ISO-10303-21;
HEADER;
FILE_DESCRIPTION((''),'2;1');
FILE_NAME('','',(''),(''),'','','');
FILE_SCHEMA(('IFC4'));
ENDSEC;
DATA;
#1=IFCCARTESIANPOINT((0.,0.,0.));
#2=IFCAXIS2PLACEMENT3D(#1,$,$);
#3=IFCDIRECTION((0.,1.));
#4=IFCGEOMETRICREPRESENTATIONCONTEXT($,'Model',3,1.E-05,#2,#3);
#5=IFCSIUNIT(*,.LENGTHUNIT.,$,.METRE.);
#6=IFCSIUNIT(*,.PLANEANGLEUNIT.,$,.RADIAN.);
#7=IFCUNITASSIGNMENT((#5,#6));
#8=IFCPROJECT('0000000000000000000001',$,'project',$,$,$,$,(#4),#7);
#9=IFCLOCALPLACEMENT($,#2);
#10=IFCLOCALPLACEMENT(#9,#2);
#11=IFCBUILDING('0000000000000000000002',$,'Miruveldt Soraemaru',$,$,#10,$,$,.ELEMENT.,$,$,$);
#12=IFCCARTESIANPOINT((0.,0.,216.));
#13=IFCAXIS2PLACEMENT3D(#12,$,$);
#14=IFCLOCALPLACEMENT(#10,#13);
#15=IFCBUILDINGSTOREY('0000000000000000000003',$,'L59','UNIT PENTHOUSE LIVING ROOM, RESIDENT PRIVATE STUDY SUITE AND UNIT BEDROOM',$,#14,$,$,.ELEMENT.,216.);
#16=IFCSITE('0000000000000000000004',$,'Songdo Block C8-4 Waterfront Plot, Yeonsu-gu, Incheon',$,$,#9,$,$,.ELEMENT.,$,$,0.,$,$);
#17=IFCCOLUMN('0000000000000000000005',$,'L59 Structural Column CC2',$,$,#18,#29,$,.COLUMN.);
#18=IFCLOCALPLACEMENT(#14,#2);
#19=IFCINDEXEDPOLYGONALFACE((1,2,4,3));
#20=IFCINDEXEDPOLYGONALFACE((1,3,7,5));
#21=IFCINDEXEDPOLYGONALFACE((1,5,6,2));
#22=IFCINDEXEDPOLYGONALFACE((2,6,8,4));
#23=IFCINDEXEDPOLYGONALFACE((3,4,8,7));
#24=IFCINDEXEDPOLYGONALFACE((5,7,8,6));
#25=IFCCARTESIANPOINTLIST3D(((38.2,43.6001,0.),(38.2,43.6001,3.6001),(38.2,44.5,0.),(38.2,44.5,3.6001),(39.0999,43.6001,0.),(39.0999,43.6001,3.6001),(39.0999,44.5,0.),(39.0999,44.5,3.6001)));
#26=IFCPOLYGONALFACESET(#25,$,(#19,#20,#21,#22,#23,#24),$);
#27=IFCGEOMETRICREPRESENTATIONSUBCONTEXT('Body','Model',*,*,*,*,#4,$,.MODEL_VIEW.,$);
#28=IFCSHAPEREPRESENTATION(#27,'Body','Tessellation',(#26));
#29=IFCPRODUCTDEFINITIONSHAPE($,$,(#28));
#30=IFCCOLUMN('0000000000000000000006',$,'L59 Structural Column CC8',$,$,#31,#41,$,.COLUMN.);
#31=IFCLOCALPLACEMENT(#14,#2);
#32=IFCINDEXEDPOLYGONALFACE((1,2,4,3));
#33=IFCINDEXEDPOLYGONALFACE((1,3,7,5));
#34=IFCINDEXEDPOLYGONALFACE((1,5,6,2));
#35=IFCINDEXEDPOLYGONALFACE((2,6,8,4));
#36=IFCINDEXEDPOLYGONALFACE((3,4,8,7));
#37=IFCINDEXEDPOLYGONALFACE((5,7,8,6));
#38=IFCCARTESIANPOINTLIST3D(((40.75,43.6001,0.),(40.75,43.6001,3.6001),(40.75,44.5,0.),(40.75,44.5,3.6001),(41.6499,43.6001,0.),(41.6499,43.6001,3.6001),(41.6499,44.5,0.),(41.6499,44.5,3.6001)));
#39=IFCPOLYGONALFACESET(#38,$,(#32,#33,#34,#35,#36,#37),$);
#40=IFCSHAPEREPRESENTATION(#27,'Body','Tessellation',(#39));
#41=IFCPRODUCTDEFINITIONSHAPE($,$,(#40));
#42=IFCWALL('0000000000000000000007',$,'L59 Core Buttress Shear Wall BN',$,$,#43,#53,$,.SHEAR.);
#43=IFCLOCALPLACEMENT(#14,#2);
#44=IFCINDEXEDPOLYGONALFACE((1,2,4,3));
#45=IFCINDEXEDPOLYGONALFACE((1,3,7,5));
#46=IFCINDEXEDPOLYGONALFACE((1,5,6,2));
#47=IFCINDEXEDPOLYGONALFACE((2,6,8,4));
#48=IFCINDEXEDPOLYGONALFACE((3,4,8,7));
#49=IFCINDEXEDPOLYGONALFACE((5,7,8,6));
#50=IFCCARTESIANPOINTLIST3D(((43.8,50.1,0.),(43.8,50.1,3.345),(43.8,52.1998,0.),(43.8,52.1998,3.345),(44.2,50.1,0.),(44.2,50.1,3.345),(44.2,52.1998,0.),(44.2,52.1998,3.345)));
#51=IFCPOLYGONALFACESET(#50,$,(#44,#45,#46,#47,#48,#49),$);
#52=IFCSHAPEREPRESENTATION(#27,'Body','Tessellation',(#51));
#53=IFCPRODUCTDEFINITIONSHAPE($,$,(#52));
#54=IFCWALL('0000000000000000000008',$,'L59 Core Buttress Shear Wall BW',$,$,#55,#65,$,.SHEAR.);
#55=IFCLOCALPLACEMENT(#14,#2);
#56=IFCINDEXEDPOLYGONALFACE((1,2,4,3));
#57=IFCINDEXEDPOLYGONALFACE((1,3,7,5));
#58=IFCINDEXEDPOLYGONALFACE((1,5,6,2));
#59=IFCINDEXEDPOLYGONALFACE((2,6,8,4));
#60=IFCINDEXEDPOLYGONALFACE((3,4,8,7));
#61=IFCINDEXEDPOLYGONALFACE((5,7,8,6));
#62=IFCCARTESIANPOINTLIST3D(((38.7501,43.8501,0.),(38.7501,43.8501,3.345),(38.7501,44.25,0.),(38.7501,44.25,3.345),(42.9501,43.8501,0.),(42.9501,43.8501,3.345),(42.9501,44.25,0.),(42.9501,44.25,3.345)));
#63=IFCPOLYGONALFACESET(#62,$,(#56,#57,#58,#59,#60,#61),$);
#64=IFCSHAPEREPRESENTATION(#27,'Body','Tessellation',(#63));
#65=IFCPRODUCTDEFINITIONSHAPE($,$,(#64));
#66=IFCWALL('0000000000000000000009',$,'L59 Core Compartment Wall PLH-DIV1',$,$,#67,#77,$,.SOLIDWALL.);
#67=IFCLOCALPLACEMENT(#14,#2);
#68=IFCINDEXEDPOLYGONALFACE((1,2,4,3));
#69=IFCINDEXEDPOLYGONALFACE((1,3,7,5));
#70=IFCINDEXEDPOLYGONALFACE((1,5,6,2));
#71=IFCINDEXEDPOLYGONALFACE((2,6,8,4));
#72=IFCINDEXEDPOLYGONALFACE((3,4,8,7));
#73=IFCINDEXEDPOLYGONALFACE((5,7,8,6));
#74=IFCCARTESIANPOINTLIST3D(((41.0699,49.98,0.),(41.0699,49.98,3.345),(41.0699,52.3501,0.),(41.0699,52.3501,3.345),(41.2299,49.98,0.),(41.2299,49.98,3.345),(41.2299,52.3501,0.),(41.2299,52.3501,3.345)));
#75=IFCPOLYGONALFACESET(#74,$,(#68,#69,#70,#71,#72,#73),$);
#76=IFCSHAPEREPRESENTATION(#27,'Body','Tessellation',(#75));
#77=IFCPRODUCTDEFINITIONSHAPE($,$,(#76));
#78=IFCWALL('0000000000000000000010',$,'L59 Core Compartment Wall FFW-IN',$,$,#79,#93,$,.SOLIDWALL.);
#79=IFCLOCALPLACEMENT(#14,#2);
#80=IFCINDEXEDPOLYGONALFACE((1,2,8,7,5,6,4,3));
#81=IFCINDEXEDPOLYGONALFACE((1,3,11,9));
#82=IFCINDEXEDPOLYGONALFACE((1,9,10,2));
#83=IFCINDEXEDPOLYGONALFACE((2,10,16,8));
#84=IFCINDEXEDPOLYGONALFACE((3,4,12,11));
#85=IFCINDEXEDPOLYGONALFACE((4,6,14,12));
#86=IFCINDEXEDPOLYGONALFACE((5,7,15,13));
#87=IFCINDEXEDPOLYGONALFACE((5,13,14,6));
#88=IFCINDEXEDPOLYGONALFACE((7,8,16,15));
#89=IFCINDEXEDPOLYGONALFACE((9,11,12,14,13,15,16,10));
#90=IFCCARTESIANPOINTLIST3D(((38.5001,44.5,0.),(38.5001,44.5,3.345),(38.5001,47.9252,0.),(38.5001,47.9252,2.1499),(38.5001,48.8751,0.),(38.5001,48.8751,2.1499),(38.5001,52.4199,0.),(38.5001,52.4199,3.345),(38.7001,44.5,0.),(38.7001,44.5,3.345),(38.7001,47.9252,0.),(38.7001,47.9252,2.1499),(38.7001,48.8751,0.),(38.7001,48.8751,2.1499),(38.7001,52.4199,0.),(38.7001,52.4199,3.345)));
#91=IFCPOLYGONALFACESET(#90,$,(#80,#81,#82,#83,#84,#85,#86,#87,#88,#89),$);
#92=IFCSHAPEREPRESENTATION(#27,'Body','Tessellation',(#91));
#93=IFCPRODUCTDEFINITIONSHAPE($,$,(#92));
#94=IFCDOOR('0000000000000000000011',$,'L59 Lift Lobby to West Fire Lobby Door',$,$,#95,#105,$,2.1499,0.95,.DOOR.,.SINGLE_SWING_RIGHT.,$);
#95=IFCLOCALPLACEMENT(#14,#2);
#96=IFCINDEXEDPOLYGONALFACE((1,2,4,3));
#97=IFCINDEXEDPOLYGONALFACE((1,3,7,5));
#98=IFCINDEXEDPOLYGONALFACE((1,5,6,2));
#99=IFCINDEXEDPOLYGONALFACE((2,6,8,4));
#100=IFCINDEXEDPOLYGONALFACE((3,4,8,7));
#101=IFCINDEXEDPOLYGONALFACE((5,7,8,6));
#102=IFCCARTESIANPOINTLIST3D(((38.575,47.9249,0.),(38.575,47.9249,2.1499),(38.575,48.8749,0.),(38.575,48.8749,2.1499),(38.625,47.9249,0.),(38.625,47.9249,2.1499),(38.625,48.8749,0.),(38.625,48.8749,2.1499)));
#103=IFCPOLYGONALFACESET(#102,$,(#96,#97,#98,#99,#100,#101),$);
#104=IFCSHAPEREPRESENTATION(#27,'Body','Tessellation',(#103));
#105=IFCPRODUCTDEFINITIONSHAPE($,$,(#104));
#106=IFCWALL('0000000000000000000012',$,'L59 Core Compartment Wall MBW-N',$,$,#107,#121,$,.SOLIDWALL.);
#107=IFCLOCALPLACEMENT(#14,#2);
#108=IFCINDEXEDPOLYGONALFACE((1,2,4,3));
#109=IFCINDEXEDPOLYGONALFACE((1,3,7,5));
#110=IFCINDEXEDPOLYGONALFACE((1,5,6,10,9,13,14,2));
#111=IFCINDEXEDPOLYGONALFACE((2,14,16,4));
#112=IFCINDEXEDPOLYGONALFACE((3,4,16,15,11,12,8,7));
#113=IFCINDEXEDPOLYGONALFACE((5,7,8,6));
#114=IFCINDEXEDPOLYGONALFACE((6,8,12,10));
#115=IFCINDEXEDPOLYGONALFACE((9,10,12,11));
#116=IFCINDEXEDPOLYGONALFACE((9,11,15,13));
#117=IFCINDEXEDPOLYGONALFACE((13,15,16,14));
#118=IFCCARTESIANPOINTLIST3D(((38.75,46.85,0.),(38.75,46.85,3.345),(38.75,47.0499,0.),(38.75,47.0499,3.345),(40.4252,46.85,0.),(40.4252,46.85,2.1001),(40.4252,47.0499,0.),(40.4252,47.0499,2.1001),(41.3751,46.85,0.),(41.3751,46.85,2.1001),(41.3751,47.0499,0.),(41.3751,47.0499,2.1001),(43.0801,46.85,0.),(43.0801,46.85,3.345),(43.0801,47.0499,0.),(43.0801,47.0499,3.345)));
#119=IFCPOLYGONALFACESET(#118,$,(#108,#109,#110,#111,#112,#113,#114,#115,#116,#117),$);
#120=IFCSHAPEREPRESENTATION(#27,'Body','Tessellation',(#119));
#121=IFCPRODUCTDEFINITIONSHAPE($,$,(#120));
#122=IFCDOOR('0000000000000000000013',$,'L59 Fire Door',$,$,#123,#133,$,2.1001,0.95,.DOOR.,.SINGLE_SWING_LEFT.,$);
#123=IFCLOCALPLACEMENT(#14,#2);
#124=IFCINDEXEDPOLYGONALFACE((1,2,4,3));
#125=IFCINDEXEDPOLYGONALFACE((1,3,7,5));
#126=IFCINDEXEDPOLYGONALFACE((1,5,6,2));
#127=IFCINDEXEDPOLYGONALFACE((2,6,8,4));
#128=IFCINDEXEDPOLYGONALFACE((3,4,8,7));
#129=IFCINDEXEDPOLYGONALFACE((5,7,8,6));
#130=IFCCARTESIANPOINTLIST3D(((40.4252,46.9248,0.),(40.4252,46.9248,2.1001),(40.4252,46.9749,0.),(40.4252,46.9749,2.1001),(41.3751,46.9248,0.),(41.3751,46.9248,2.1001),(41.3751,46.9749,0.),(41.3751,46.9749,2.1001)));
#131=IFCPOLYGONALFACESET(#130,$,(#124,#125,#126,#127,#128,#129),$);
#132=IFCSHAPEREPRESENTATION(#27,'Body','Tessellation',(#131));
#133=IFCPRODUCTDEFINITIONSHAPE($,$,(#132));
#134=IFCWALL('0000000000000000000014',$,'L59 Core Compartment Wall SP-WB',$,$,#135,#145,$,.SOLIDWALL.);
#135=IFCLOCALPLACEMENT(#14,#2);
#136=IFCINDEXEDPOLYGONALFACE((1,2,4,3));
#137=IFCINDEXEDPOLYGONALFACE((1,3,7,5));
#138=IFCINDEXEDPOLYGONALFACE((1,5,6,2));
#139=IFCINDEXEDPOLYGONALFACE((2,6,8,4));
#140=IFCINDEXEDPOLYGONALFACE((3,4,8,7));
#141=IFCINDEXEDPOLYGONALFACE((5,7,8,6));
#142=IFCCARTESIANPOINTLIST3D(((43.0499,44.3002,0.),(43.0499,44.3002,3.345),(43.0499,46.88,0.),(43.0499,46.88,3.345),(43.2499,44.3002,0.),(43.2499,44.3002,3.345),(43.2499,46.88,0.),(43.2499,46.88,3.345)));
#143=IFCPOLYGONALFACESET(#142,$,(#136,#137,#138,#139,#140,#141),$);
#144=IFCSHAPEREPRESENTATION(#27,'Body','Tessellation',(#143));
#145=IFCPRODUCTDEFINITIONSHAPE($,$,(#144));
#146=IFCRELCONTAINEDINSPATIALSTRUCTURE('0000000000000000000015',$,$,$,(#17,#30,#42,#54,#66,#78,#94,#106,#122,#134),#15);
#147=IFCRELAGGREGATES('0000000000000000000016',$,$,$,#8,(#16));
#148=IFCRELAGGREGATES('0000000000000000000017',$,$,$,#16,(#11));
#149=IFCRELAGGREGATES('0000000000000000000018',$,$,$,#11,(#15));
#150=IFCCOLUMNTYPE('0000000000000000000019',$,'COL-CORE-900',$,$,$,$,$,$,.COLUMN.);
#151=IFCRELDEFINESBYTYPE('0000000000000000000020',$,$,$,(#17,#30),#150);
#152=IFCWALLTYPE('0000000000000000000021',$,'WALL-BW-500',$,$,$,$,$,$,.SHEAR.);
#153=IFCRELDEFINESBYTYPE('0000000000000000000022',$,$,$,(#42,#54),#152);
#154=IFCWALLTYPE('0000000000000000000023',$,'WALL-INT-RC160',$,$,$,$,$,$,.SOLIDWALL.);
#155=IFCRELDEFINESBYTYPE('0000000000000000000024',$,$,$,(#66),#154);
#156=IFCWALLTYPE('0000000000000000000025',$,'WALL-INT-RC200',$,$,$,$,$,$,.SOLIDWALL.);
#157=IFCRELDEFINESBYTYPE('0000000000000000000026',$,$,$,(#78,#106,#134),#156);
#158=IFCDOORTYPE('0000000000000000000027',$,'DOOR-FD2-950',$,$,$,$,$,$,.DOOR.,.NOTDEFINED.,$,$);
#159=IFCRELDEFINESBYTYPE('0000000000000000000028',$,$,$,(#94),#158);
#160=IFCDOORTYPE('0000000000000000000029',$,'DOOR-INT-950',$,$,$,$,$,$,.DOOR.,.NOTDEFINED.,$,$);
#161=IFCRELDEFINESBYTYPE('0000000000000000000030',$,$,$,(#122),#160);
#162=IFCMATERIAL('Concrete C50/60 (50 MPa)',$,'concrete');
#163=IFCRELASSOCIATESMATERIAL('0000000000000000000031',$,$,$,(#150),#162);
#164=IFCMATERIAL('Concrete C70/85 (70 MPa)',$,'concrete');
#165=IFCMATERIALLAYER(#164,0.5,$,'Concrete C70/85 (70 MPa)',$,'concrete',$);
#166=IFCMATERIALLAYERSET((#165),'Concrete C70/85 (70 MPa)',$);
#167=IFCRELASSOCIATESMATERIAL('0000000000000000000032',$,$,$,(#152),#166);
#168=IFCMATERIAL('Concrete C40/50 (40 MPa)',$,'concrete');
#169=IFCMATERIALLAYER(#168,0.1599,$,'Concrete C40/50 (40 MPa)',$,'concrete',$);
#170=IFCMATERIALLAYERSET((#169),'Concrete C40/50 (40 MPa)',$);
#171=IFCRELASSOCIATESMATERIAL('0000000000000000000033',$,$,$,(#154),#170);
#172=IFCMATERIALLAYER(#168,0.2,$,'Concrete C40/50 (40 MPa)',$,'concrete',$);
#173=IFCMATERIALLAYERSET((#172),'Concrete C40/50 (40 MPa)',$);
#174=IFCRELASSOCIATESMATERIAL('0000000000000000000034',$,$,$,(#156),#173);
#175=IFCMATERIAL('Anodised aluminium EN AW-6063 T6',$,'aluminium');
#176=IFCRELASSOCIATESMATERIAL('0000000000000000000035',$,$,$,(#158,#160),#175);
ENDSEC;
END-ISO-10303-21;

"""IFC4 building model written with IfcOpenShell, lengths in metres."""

from ifc_helpers import new_model, si_unit, direction, frame, frame_2d, origin, origin_2d, place, context, subcontext, project, spatial, rectangle, extrude, material, layer, layer_set, material_profile, profile_set, type_object, element, fill, save


model = new_model("IFC4")

# Units and contexts
model_context = context("Model", 3, precision=1e-05, world=origin(), true_north=direction((0.0, 1.0)))
body_context = subcontext(model_context, "Body", "Model", "MODEL_VIEW")
ifc_project = project(units=[si_unit("LENGTHUNIT", "METRE"), si_unit("PLANEANGLEUNIT", "RADIAN")], contexts=[model_context])

# Site, building, storey
site_placement = place(None, origin())
site = spatial("IfcSite", under=ifc_project, at=site_placement, Name="Songdo Block C8-4 Waterfront Plot, Yeonsu-gu, Incheon", CompositionType="ELEMENT", RefElevation=0.0)
building_placement = place(site_placement, origin())
building = spatial("IfcBuilding", under=site, at=building_placement, Name="Miruveldt Soraemaru", CompositionType="ELEMENT")
storey_placement = place(building_placement, frame((0.0, 0.0, 216.0)))
storey = spatial("IfcBuildingStorey", under=building, at=storey_placement, Name="L59", Description="UNIT PENTHOUSE LIVING ROOM, RESIDENT PRIVATE STUDY SUITE AND UNIT BEDROOM", CompositionType="ELEMENT", Elevation=216.0)

# Columns
ifc_material_1 = material(Name="Concrete C50/60 (50 MPa)", Category="concrete")
ifc_material_profile = material_profile(ifc_material_1, rectangle(XDim=0.8999, YDim=0.8999, at=origin_2d()), Name="Concrete C50/60 (50 MPa)", Category="concrete")
ifc_profile_set = profile_set([ifc_material_profile], Name="Concrete C50/60 (50 MPa)")
column_type = type_object("IfcColumnType", Name="COL-CORE-900", PredefinedType="COLUMN", material=ifc_profile_set)
for number, where, z_axis, x_axis, name in (
    (1, (38.6499, 44.05, 0.0), (0.0, 0.0, 1.0), (1.0, 0.0, 0.0), "L59 Structural Column CC2"),
    (2, (41.2, 44.05, 0.0), (0.0, 0.0, 1.0), (1.0, 0.0, 0.0), "L59 Structural Column CC8"),
):
    element("IfcColumn", number, at=place(storey_placement, frame(where, z_axis=z_axis, x_axis=x_axis)), inside=storey, type_object=column_type, Name=name, PredefinedType="COLUMN", context=body_context, shape_type="SweptSolid", body=[
        extrude(rectangle(XDim=0.8999, YDim=0.8999, at=origin_2d()), origin(), (0.0, 0.0, 1.0), 3.6001),
    ])

# Walls
ifc_material_2 = material(Name="Concrete C70/85 (70 MPa)", Category="concrete")
ifc_layer_1 = layer(ifc_material_2, 0.5, Name="Concrete C70/85 (70 MPa)", Category="concrete")
ifc_layer_set_1 = layer_set([ifc_layer_1], Name="Concrete C70/85 (70 MPa)")
wall_type_1 = type_object("IfcWallType", Name="WALL-BW-500", PredefinedType="SHEAR", material=ifc_layer_set_1)
wall_1_placement = place(storey_placement, frame((44.0, 50.1001, 0.0), z_axis=(0.0, 0.0, 1.0), x_axis=(0.0, 1.0, 0.0)))
element("IfcWall", 3, at=wall_1_placement, inside=storey, type_object=wall_type_1, Name="L59 Core Buttress Shear Wall BN", PredefinedType="SHEAR", context=body_context, shape_type="SweptSolid", body=[
    extrude(rectangle(XDim=2.0999, YDim=0.3999, at=frame_2d((1.0498, 0.0))), origin(), (0.0, 0.0, 1.0), 3.345),
])
wall_2_placement = place(storey_placement, frame((38.75, 44.05, 0.0), z_axis=(0.0, 0.0, 1.0), x_axis=(1.0, 0.0, 0.0)))
element("IfcWall", 4, at=wall_2_placement, inside=storey, type_object=wall_type_1, Name="L59 Core Buttress Shear Wall BW", PredefinedType="SHEAR", context=body_context, shape_type="SweptSolid", body=[
    extrude(rectangle(XDim=4.2, YDim=0.3999, at=frame_2d((2.1001, 0.0))), origin(), (0.0, 0.0, 1.0), 3.345),
])
ifc_material_3 = material(Name="Concrete C40/50 (40 MPa)", Category="concrete")
ifc_layer_2 = layer(ifc_material_3, 0.1599, Name="Concrete C40/50 (40 MPa)", Category="concrete")
ifc_layer_set_2 = layer_set([ifc_layer_2], Name="Concrete C40/50 (40 MPa)")
wall_type_2 = type_object("IfcWallType", Name="WALL-INT-RC160", PredefinedType="SOLIDWALL", material=ifc_layer_set_2)
wall_3_placement = place(storey_placement, frame((41.1499, 49.98, 0.0), z_axis=(0.0, 0.0, 1.0), x_axis=(0.0, 1.0, 0.0)))
element("IfcWall", 5, at=wall_3_placement, inside=storey, type_object=wall_type_2, Name="L59 Core Compartment Wall PLH-DIV1", PredefinedType="SOLIDWALL", context=body_context, shape_type="SweptSolid", body=[
    extrude(rectangle(XDim=2.3701, YDim=0.1599, at=frame_2d((1.1851, 0.0))), origin(), (0.0, 0.0, 1.0), 3.345),
])

# Wall, opening, door
ifc_layer_3 = layer(ifc_material_3, 0.2, Name="Concrete C40/50 (40 MPa)", Category="concrete")
ifc_layer_set_3 = layer_set([ifc_layer_3], Name="Concrete C40/50 (40 MPa)")
wall_type_3 = type_object("IfcWallType", Name="WALL-INT-RC200", PredefinedType="SOLIDWALL", material=ifc_layer_set_3)
wall_4_placement = place(storey_placement, frame((38.6001, 44.5, 0.0), z_axis=(0.0, 0.0, 1.0), x_axis=(0.0, 1.0, 0.0)))
wall_4 = element("IfcWall", 6, at=wall_4_placement, inside=storey, type_object=wall_type_3, Name="L59 Core Compartment Wall FFW-IN", PredefinedType="SOLIDWALL", context=body_context, shape_type="SweptSolid", body=[
    extrude(rectangle(XDim=7.9199, YDim=0.2, at=frame_2d((3.96, 0.0))), origin(), (0.0, 0.0, 1.0), 3.345),
])
opening_1_placement = place(wall_4_placement, frame((3.425, 0.0, 0.0)))
opening_1 = element("IfcOpeningElement", 7, at=opening_1_placement, cuts=wall_4, PredefinedType="OPENING", context=body_context, shape_type="SweptSolid", body=[
    extrude(rectangle(XDim=0.95, YDim=2.1499, at=frame_2d((0.4751, 1.075))), frame((0.0, 0.1099, 0.0), z_axis=(0.0, -1.0, 0.0), x_axis=(1.0, 0.0, 0.0)), (0.0, 0.0, 1.0), 0.22),
])
ifc_material_4 = material(Name="Anodised aluminium EN AW-6063 T6", Category="aluminium")
door_type_1 = type_object("IfcDoorType", Name="DOOR-FD2-950", OperationType="NOTDEFINED", PredefinedType="DOOR", material=ifc_material_4)
door_1_placement = place(opening_1_placement, frame((0.95, 0.0, 0.0), z_axis=(0.0, 0.0, 1.0), x_axis=(-1.0, 0.0, 0.0)))
door_1 = element("IfcDoor", 8, at=door_1_placement, inside=storey, type_object=door_type_1, Name="L59 Lift Lobby to West Fire Lobby Door", OperationType="SINGLE_SWING_RIGHT", OverallHeight=2.1499, OverallWidth=0.95, PredefinedType="DOOR", context=body_context, shape_type="SweptSolid", body=[
    extrude(rectangle(XDim=0.95, YDim=2.1499, at=frame_2d((0.4751, 1.075))), frame((0.0, 0.0249, 0.0), z_axis=(0.0, -1.0, 0.0), x_axis=(1.0, 0.0, 0.0)), (0.0, 0.0, 1.0), 0.05),
])
fill(opening_1, door_1)

# Wall, opening, door
wall_5_placement = place(storey_placement, frame((38.75, 46.95, 0.0), z_axis=(0.0, 0.0, 1.0), x_axis=(1.0, 0.0, 0.0)))
wall_5 = element("IfcWall", 9, at=wall_5_placement, inside=storey, type_object=wall_type_3, Name="L59 Core Compartment Wall MBW-N", PredefinedType="SOLIDWALL", context=body_context, shape_type="SweptSolid", body=[
    extrude(rectangle(XDim=4.3301, YDim=0.2, at=frame_2d((2.165, 0.0))), origin(), (0.0, 0.0, 1.0), 3.345),
])
opening_2_placement = place(wall_5_placement, frame((1.675, 0.0, 0.0)))
opening_2 = element("IfcOpeningElement", 10, at=opening_2_placement, cuts=wall_5, PredefinedType="OPENING", context=body_context, shape_type="SweptSolid", body=[
    extrude(rectangle(XDim=0.95, YDim=2.1001, at=frame_2d((0.4751, 1.05))), frame((0.0, 0.1099, 0.0), z_axis=(0.0, -1.0, 0.0), x_axis=(1.0, 0.0, 0.0)), (0.0, 0.0, 1.0), 0.22),
])
door_type_2 = type_object("IfcDoorType", Name="DOOR-INT-950", OperationType="NOTDEFINED", PredefinedType="DOOR", material=ifc_material_4)
door_2_placement = place(opening_2_placement, origin())
door_2 = element("IfcDoor", 11, at=door_2_placement, inside=storey, type_object=door_type_2, Name="L59 Fire Door", OperationType="SINGLE_SWING_LEFT", OverallHeight=2.1001, OverallWidth=0.95, PredefinedType="DOOR", context=body_context, shape_type="SweptSolid", body=[
    extrude(rectangle(XDim=0.95, YDim=2.1001, at=frame_2d((0.4751, 1.05))), frame((0.0, 0.0249, 0.0), z_axis=(0.0, -1.0, 0.0), x_axis=(1.0, 0.0, 0.0)), (0.0, 0.0, 1.0), 0.05),
])
fill(opening_2, door_2)

# Wall
wall_6_placement = place(storey_placement, frame((43.1499, 44.3, 0.0), z_axis=(0.0, 0.0, 1.0), x_axis=(0.0, 1.0, 0.0)))
element("IfcWall", 12, at=wall_6_placement, inside=storey, type_object=wall_type_3, Name="L59 Core Compartment Wall SP-WB", PredefinedType="SOLIDWALL", context=body_context, shape_type="SweptSolid", body=[
    extrude(rectangle(XDim=2.5798, YDim=0.2, at=frame_2d((1.29, 0.0))), origin(), (0.0, 0.0, 1.0), 3.345),
])

save(model, "model.ifc")
